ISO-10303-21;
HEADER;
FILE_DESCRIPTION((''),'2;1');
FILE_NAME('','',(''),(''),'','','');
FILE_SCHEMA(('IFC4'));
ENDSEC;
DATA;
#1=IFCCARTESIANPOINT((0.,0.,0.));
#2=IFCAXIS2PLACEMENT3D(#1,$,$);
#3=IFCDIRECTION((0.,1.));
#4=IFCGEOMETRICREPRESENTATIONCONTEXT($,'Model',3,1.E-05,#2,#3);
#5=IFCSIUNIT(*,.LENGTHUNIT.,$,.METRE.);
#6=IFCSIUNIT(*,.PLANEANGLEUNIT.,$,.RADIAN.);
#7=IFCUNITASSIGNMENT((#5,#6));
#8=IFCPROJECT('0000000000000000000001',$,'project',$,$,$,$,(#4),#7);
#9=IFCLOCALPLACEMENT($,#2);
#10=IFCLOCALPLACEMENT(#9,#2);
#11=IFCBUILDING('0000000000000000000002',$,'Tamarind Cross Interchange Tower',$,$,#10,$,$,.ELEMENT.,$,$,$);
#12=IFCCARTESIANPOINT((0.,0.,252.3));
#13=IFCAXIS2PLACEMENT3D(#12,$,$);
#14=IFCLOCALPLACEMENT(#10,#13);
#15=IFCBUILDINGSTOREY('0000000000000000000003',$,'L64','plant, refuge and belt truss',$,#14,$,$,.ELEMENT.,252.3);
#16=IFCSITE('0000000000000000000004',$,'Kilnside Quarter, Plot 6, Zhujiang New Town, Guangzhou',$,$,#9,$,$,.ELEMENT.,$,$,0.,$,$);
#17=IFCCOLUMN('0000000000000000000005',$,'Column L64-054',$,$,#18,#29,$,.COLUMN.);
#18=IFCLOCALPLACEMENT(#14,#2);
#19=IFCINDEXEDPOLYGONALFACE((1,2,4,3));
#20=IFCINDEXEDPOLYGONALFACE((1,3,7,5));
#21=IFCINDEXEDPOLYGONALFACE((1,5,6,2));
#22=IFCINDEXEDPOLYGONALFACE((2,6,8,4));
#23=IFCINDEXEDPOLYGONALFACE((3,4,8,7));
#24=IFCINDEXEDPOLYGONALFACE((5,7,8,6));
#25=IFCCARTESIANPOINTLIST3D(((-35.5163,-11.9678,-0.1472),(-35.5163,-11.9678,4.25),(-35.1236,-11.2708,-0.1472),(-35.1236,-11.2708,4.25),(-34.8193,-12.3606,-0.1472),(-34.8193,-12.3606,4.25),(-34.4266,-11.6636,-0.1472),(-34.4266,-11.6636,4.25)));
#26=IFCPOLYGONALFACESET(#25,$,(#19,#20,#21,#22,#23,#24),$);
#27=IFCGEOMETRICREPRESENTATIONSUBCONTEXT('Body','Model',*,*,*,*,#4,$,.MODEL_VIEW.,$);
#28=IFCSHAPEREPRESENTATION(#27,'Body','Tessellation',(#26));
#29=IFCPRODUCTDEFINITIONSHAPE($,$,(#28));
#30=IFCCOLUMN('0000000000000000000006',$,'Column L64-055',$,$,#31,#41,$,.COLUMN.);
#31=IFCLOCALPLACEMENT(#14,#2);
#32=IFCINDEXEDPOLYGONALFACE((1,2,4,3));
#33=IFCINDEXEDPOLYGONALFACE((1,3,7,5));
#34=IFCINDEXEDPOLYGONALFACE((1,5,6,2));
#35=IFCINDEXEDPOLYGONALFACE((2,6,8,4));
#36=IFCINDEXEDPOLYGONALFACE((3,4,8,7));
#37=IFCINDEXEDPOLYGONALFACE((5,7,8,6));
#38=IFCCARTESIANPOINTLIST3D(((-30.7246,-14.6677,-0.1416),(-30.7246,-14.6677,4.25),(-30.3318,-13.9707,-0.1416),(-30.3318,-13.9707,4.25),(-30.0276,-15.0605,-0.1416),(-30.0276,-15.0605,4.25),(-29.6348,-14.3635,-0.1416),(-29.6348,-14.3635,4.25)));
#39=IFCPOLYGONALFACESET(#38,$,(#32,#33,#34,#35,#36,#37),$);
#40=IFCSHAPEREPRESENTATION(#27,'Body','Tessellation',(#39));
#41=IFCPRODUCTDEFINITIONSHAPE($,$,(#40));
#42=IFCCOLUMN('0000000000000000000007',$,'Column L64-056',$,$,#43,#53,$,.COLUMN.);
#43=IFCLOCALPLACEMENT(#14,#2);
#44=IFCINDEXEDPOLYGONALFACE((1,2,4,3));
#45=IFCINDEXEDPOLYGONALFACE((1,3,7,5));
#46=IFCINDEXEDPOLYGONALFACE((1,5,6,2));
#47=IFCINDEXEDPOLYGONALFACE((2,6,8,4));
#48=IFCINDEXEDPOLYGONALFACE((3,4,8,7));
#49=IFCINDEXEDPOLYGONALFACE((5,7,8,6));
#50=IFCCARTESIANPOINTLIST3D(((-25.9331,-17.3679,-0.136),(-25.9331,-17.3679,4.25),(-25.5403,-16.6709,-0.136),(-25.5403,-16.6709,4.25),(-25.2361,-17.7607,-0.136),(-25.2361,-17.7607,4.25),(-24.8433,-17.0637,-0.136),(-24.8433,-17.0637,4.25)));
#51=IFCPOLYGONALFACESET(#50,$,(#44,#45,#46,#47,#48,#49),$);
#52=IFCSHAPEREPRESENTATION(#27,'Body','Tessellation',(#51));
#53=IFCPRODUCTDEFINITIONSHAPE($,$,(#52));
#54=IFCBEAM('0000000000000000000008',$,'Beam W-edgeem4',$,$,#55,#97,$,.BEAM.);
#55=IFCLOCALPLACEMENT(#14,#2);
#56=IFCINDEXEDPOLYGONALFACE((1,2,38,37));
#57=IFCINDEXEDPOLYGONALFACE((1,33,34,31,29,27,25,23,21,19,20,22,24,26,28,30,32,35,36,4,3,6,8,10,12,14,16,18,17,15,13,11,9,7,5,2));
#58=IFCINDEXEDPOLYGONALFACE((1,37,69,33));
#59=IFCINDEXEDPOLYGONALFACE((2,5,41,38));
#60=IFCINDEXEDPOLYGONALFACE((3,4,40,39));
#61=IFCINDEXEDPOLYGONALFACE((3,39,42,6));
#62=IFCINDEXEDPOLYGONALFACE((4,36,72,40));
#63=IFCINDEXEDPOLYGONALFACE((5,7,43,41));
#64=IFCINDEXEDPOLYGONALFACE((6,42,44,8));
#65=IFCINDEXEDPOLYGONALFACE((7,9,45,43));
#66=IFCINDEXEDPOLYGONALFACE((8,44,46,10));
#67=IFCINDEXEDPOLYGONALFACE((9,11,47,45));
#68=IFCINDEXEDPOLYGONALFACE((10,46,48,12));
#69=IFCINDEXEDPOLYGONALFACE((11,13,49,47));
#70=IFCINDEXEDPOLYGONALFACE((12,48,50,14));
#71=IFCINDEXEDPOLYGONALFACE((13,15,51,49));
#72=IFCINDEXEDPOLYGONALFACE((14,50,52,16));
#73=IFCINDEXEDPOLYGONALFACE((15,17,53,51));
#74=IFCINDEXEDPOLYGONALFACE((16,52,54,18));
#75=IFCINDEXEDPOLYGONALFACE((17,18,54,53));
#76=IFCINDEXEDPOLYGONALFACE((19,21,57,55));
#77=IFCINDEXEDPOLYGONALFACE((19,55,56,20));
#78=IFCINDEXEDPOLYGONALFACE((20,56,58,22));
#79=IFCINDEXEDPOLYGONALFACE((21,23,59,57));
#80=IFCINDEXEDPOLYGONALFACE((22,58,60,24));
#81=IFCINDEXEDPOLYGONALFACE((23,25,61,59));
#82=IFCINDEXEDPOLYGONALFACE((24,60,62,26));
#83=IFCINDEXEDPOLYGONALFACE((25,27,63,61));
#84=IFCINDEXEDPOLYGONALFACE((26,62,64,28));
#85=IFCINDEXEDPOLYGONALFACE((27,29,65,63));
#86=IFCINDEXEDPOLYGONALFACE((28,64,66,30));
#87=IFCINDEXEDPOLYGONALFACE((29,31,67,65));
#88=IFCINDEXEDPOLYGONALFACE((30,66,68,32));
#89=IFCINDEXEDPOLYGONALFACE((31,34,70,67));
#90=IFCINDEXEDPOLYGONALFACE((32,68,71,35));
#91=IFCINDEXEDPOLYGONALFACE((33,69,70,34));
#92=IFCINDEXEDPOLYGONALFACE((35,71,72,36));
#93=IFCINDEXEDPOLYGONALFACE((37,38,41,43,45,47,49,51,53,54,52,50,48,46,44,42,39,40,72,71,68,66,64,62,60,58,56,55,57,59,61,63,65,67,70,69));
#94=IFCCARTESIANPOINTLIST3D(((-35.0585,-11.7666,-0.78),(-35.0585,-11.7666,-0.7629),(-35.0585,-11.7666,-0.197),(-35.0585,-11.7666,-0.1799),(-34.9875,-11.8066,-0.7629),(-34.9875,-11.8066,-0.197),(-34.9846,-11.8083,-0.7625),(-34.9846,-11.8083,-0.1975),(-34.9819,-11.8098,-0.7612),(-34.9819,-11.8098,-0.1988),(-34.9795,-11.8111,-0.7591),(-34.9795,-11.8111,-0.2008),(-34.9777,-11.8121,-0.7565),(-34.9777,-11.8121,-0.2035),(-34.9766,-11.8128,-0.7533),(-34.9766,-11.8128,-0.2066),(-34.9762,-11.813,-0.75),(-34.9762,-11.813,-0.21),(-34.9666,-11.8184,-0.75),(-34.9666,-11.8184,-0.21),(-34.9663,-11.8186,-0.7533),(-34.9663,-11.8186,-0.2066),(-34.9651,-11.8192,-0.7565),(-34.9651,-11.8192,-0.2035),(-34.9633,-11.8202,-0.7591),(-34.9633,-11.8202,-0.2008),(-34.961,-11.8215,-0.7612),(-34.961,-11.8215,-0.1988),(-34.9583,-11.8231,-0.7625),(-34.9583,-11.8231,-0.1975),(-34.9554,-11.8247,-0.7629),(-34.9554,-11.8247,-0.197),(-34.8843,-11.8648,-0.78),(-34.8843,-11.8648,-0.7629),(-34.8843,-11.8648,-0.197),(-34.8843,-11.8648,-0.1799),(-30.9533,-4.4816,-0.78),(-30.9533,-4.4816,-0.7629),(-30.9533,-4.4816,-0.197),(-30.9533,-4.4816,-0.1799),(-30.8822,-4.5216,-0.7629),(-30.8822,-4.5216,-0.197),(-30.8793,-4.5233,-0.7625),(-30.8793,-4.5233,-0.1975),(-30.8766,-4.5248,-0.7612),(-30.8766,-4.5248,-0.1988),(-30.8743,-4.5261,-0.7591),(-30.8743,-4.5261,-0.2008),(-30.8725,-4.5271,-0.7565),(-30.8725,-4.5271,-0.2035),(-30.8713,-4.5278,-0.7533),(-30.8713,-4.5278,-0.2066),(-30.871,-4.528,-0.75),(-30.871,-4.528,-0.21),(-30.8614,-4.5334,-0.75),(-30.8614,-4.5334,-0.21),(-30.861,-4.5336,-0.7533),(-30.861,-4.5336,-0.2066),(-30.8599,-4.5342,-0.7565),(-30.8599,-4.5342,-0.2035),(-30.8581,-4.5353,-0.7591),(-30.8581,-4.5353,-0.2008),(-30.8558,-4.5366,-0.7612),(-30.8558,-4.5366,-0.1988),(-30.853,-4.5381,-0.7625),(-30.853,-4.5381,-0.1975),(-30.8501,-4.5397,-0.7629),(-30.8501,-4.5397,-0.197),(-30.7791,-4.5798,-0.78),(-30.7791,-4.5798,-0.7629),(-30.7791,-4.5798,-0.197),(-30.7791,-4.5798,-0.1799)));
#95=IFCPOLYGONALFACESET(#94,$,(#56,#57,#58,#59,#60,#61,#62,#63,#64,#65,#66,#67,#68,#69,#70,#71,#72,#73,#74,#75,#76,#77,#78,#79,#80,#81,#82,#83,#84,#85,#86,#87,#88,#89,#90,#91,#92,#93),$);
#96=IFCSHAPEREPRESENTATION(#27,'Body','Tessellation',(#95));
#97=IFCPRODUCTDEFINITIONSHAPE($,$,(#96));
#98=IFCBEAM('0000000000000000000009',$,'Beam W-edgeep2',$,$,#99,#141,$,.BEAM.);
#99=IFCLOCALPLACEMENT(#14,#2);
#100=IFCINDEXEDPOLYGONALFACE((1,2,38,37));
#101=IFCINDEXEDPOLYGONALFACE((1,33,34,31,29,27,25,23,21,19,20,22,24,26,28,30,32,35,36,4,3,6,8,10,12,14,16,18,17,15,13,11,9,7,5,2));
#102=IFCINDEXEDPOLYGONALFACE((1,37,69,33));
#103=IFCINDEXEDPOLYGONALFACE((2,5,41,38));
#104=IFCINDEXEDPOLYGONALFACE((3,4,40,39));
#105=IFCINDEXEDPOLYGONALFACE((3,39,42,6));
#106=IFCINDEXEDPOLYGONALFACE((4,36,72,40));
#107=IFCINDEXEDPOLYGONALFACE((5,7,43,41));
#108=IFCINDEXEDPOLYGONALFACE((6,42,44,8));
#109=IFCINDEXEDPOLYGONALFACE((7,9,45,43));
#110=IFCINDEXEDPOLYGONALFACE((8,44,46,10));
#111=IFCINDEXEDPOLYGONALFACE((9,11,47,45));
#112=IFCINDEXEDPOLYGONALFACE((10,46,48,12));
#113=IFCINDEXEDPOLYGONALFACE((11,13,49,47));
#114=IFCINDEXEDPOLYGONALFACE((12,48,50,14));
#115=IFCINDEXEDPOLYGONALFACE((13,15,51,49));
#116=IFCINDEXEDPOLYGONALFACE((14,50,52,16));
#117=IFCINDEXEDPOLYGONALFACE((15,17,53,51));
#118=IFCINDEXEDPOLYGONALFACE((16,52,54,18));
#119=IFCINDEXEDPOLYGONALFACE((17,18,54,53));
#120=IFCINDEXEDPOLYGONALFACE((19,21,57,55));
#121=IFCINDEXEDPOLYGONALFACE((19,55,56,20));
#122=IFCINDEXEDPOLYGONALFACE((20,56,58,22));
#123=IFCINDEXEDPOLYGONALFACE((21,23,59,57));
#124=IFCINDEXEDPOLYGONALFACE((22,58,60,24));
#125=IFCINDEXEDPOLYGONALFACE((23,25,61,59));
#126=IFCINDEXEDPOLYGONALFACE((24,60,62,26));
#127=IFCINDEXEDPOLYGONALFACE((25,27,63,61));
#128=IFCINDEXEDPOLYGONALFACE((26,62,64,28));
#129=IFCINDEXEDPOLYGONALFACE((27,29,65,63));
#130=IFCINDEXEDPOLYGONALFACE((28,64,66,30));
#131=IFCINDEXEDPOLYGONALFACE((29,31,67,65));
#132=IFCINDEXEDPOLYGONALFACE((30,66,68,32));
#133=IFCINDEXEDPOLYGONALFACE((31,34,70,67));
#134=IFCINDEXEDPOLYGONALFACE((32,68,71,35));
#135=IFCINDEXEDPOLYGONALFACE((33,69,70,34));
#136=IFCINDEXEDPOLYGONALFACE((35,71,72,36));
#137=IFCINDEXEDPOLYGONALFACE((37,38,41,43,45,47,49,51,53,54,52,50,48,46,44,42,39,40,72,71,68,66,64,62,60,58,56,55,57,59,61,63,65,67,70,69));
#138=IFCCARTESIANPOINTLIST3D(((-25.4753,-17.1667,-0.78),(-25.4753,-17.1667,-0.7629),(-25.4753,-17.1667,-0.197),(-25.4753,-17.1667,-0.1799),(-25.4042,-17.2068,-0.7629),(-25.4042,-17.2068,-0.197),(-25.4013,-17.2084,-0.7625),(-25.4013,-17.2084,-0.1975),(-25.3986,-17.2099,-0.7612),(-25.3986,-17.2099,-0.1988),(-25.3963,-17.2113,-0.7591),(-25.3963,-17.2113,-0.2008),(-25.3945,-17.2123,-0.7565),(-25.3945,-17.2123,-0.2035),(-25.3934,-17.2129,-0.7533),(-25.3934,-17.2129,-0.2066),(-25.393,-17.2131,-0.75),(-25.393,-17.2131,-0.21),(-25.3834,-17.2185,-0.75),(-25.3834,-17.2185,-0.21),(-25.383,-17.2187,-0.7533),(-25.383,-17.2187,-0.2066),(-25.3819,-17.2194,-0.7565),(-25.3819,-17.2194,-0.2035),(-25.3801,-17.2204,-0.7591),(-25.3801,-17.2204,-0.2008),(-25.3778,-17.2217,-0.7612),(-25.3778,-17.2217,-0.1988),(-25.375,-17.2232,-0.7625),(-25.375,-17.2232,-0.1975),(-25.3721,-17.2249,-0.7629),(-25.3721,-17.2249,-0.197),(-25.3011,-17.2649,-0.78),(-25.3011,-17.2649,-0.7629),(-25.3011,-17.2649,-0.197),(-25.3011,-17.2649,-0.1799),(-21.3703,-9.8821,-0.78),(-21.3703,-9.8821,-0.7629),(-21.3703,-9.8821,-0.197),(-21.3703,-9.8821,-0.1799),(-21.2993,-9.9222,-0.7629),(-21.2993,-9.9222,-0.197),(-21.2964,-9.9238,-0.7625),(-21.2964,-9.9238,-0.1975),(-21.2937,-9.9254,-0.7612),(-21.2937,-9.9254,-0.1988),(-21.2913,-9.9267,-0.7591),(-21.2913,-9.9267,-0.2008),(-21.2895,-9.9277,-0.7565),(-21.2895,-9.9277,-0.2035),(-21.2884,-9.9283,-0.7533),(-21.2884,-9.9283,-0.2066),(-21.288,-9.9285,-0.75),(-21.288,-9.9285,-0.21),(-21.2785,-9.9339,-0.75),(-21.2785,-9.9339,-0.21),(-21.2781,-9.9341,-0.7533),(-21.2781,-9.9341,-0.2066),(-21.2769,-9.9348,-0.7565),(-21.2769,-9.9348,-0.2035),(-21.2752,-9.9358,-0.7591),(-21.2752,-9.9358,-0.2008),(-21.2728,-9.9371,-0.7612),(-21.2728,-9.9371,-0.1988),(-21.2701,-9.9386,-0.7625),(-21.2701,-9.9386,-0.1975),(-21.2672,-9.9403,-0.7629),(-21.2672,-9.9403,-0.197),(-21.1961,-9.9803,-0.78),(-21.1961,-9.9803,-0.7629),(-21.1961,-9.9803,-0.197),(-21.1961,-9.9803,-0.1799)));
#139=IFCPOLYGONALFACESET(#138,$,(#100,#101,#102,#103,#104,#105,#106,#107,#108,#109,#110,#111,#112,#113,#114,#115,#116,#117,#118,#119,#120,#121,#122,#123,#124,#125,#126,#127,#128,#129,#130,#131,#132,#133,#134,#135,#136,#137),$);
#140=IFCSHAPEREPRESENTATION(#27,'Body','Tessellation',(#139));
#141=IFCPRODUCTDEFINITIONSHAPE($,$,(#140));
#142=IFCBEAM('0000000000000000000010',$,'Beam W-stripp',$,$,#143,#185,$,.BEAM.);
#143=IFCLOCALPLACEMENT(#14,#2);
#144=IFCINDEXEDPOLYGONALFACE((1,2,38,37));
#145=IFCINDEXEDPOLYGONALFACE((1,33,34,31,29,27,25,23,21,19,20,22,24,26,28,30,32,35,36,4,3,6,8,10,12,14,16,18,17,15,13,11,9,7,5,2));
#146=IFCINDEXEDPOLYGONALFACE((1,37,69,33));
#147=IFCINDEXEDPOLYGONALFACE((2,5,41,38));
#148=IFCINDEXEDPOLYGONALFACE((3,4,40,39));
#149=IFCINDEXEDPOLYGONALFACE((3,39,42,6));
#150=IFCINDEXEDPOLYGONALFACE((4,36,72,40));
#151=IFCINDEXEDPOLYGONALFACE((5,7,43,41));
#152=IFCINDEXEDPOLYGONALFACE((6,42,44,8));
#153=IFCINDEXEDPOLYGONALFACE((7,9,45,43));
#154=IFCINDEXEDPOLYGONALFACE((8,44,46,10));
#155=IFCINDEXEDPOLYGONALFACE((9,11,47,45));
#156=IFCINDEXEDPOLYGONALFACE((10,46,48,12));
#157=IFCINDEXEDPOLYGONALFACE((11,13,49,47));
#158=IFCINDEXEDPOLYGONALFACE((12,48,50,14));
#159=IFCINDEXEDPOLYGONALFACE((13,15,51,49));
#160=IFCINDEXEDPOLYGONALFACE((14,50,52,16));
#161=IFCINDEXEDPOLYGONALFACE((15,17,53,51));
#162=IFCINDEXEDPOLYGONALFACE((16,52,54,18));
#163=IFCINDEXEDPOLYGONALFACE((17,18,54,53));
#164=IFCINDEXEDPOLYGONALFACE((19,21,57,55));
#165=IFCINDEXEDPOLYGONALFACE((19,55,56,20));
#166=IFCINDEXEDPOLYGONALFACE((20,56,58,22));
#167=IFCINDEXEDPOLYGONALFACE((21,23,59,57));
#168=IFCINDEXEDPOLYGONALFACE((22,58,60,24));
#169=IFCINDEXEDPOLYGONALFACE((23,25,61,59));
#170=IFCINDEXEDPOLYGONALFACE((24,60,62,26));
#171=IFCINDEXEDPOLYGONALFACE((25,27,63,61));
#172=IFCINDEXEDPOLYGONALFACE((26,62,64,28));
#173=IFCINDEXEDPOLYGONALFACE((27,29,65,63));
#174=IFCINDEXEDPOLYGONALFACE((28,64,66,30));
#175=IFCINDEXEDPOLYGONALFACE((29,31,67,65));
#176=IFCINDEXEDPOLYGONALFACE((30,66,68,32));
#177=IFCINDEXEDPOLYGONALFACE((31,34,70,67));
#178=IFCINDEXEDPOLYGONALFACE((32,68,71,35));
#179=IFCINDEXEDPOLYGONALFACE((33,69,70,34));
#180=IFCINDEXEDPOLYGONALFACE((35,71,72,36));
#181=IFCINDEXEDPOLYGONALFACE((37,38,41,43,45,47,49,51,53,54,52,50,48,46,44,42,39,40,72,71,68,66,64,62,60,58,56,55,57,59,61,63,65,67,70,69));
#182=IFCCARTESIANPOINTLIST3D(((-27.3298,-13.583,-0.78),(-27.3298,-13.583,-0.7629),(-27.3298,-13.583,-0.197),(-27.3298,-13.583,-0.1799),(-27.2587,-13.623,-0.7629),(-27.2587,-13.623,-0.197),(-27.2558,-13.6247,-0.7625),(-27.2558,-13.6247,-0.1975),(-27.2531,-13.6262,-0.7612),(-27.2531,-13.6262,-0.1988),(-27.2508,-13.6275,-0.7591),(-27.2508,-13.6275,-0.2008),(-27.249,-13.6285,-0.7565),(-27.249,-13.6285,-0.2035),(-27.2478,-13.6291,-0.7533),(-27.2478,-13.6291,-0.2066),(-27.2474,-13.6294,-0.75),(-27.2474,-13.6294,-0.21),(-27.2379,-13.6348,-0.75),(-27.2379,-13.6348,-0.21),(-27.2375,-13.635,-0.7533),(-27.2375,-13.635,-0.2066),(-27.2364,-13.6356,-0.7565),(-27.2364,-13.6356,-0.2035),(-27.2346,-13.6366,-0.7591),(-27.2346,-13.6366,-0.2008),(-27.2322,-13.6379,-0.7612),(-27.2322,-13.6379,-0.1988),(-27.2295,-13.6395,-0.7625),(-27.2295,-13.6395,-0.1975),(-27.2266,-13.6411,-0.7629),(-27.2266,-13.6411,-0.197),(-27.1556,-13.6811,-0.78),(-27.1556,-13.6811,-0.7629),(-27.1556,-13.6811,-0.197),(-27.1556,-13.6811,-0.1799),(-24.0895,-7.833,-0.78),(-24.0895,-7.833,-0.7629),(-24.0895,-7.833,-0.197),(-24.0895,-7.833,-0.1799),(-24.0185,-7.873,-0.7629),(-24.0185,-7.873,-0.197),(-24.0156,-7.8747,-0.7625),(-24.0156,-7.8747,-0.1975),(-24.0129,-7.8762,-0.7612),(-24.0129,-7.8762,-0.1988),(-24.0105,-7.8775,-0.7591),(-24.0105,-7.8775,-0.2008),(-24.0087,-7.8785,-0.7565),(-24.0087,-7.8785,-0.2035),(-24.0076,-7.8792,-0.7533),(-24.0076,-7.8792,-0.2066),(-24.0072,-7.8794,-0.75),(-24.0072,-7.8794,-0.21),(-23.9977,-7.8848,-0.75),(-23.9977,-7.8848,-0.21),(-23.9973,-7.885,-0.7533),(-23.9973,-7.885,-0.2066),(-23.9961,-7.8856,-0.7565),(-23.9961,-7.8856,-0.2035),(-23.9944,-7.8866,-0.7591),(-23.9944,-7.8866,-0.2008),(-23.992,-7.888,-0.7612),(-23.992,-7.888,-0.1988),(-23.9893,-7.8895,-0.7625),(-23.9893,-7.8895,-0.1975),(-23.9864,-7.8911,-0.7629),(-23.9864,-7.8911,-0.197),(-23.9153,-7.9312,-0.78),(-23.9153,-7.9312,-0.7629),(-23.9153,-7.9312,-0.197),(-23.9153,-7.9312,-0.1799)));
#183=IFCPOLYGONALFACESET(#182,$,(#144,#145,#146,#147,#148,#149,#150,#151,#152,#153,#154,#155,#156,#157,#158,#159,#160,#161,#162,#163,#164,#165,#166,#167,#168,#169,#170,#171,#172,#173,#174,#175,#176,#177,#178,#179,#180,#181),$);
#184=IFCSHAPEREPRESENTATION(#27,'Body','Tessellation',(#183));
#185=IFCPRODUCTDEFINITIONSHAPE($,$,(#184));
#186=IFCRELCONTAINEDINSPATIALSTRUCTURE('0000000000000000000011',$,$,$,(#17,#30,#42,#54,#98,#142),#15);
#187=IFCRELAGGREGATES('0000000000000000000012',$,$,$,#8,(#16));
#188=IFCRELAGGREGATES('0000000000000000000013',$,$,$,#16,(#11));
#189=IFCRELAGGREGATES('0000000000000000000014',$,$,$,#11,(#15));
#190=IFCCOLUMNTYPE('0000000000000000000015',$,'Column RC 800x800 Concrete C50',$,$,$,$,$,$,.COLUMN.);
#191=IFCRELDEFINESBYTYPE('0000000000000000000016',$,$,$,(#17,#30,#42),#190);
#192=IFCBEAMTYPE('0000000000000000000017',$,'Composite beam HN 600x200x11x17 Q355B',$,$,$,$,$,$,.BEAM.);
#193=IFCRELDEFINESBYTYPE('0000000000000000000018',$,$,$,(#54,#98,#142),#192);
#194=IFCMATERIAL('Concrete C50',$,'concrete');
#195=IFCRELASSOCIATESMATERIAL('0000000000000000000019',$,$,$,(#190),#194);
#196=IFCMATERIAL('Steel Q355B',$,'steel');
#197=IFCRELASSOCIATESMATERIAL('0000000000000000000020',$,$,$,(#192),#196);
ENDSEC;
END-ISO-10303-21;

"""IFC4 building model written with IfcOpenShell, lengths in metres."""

from ifc_helpers import new_model, si_unit, direction, frame, origin, origin_2d, place, context, subcontext, project, spatial, rectangle, i_section, extrude, material, material_profile, profile_set, type_object, element, save


model = new_model("IFC4")

# Units and contexts
model_context = context("Model", 3, precision=1e-05, world=origin(), true_north=direction((0.0, 1.0)))
body_context = subcontext(model_context, "Body", "Model", "MODEL_VIEW")
ifc_project = project(units=[si_unit("LENGTHUNIT", "METRE"), si_unit("PLANEANGLEUNIT", "RADIAN")], contexts=[model_context])

# Site, building, storey
site_placement = place(None, origin())
site = spatial("IfcSite", under=ifc_project, at=site_placement, Name="Kilnside Quarter, Plot 6, Zhujiang New Town, Guangzhou", CompositionType="ELEMENT", RefElevation=0.0)
building_placement = place(site_placement, origin())
building = spatial("IfcBuilding", under=site, at=building_placement, Name="Tamarind Cross Interchange Tower", CompositionType="ELEMENT")
storey_placement = place(building_placement, frame((0.0, 0.0, 252.3)))
storey = spatial("IfcBuildingStorey", under=building, at=storey_placement, Name="L64", Description="plant, refuge and belt truss", CompositionType="ELEMENT", Elevation=252.3)

# Columns
ifc_material_1 = material(Name="Concrete C50", Category="concrete")
ifc_material_profile_1 = material_profile(ifc_material_1, rectangle(XDim=0.8, YDim=0.8, at=origin_2d()), Name="RC 800x800")
ifc_profile_set_1 = profile_set([ifc_material_profile_1], Name="Concrete C50")
column_type = type_object("IfcColumnType", Name="Column RC 800x800 Concrete C50", PredefinedType="COLUMN", material=ifc_profile_set_1)
column_1_placement = place(storey_placement, frame((-34.9714, -11.8157, -0.1472), z_axis=(0.0, 0.0, 1.0), x_axis=(0.490928, 0.8712, 0.0)))
element("IfcColumn", 1, at=column_1_placement, inside=storey, type_object=column_type, Name="Column L64-054", PredefinedType="COLUMN", context=body_context, shape_type="SweptSolid", body=[
    extrude(rectangle(XDim=0.8, YDim=0.8, at=origin_2d()), origin(), (0.0, 0.0, 1.0), 4.3972),
])
column_2_placement = place(storey_placement, frame((-30.1797, -14.5156, -0.1416), z_axis=(0.0, 0.0, 1.0), x_axis=(0.490928, 0.8712, 0.0)))
element("IfcColumn", 2, at=column_2_placement, inside=storey, type_object=column_type, Name="Column L64-055", PredefinedType="COLUMN", context=body_context, shape_type="SweptSolid", body=[
    extrude(rectangle(XDim=0.8, YDim=0.8, at=origin_2d()), origin(), (0.0, 0.0, 1.0), 4.3916),
])
column_3_placement = place(storey_placement, frame((-25.3882, -17.2158, -0.136), z_axis=(0.0, 0.0, 1.0), x_axis=(0.490928, 0.8712, 0.0)))
element("IfcColumn", 3, at=column_3_placement, inside=storey, type_object=column_type, Name="Column L64-056", PredefinedType="COLUMN", context=body_context, shape_type="SweptSolid", body=[
    extrude(rectangle(XDim=0.8, YDim=0.8, at=origin_2d()), origin(), (0.0, 0.0, 1.0), 4.386),
])

# Beams
ifc_material_2 = material(Name="Steel Q355B", Category="steel")
ifc_material_profile_2 = material_profile(ifc_material_2, i_section(OverallWidth=0.2, OverallDepth=0.6001, WebThickness=0.011, FlangeThickness=0.0171, FilletRadius=0.0129, at=origin_2d()), Name="HN 600x200x11x17")
ifc_profile_set_2 = profile_set([ifc_material_profile_2], Name="Steel Q355B")
beam_type_1 = type_object("IfcBeamType", Name="Composite beam HN 600x200x11x17 Q355B", PredefinedType="BEAM", material=ifc_profile_set_2)
beam_1_placement = place(storey_placement, frame((-34.9714, -11.8157, -0.48), z_axis=(0.490939, 0.871194, 0.0), x_axis=(-0.871194, 0.490939, 0.0)))
element("IfcBeam", 4, at=beam_1_placement, inside=storey, type_object=beam_type_1, Name="Beam W-edgeem4", PredefinedType="BEAM", context=body_context, shape_type="SweptSolid", body=[
    extrude(i_section(OverallWidth=0.2, OverallDepth=0.6001, WebThickness=0.011, FlangeThickness=0.0171, FilletRadius=0.0129, at=origin_2d()), origin(), (0.0, 0.0, 1.0), 8.3621),
])
beam_2_placement = place(storey_placement, frame((-25.3882, -17.2158, -0.48), z_axis=(0.490929, 0.871199, 0.0), x_axis=(-0.871199, 0.490929, 0.0)))
element("IfcBeam", 5, at=beam_2_placement, inside=storey, type_object=beam_type_1, Name="Beam W-edgeep2", PredefinedType="BEAM", context=body_context, shape_type="SweptSolid", body=[
    extrude(i_section(OverallWidth=0.2, OverallDepth=0.6001, WebThickness=0.011, FlangeThickness=0.0171, FilletRadius=0.0129, at=origin_2d()), origin(), (0.0, 0.0, 1.0), 8.3616),
])
beam_3_placement = place(storey_placement, frame((-24.0024, -7.8821, -0.48), z_axis=(-0.490935, -0.871196, 0.0), x_axis=(0.871196, -0.490935, 0.0)))
element("IfcBeam", 6, at=beam_3_placement, inside=storey, type_object=beam_type_1, Name="Beam W-stripp", PredefinedType="BEAM", context=body_context, shape_type="SweptSolid", body=[
    extrude(i_section(OverallWidth=0.2, OverallDepth=0.6001, WebThickness=0.011, FlangeThickness=0.0171, FilletRadius=0.0129, at=origin_2d()), origin(), (0.0, 0.0, 1.0), 6.6001),
])

save(model, "model.ifc")
